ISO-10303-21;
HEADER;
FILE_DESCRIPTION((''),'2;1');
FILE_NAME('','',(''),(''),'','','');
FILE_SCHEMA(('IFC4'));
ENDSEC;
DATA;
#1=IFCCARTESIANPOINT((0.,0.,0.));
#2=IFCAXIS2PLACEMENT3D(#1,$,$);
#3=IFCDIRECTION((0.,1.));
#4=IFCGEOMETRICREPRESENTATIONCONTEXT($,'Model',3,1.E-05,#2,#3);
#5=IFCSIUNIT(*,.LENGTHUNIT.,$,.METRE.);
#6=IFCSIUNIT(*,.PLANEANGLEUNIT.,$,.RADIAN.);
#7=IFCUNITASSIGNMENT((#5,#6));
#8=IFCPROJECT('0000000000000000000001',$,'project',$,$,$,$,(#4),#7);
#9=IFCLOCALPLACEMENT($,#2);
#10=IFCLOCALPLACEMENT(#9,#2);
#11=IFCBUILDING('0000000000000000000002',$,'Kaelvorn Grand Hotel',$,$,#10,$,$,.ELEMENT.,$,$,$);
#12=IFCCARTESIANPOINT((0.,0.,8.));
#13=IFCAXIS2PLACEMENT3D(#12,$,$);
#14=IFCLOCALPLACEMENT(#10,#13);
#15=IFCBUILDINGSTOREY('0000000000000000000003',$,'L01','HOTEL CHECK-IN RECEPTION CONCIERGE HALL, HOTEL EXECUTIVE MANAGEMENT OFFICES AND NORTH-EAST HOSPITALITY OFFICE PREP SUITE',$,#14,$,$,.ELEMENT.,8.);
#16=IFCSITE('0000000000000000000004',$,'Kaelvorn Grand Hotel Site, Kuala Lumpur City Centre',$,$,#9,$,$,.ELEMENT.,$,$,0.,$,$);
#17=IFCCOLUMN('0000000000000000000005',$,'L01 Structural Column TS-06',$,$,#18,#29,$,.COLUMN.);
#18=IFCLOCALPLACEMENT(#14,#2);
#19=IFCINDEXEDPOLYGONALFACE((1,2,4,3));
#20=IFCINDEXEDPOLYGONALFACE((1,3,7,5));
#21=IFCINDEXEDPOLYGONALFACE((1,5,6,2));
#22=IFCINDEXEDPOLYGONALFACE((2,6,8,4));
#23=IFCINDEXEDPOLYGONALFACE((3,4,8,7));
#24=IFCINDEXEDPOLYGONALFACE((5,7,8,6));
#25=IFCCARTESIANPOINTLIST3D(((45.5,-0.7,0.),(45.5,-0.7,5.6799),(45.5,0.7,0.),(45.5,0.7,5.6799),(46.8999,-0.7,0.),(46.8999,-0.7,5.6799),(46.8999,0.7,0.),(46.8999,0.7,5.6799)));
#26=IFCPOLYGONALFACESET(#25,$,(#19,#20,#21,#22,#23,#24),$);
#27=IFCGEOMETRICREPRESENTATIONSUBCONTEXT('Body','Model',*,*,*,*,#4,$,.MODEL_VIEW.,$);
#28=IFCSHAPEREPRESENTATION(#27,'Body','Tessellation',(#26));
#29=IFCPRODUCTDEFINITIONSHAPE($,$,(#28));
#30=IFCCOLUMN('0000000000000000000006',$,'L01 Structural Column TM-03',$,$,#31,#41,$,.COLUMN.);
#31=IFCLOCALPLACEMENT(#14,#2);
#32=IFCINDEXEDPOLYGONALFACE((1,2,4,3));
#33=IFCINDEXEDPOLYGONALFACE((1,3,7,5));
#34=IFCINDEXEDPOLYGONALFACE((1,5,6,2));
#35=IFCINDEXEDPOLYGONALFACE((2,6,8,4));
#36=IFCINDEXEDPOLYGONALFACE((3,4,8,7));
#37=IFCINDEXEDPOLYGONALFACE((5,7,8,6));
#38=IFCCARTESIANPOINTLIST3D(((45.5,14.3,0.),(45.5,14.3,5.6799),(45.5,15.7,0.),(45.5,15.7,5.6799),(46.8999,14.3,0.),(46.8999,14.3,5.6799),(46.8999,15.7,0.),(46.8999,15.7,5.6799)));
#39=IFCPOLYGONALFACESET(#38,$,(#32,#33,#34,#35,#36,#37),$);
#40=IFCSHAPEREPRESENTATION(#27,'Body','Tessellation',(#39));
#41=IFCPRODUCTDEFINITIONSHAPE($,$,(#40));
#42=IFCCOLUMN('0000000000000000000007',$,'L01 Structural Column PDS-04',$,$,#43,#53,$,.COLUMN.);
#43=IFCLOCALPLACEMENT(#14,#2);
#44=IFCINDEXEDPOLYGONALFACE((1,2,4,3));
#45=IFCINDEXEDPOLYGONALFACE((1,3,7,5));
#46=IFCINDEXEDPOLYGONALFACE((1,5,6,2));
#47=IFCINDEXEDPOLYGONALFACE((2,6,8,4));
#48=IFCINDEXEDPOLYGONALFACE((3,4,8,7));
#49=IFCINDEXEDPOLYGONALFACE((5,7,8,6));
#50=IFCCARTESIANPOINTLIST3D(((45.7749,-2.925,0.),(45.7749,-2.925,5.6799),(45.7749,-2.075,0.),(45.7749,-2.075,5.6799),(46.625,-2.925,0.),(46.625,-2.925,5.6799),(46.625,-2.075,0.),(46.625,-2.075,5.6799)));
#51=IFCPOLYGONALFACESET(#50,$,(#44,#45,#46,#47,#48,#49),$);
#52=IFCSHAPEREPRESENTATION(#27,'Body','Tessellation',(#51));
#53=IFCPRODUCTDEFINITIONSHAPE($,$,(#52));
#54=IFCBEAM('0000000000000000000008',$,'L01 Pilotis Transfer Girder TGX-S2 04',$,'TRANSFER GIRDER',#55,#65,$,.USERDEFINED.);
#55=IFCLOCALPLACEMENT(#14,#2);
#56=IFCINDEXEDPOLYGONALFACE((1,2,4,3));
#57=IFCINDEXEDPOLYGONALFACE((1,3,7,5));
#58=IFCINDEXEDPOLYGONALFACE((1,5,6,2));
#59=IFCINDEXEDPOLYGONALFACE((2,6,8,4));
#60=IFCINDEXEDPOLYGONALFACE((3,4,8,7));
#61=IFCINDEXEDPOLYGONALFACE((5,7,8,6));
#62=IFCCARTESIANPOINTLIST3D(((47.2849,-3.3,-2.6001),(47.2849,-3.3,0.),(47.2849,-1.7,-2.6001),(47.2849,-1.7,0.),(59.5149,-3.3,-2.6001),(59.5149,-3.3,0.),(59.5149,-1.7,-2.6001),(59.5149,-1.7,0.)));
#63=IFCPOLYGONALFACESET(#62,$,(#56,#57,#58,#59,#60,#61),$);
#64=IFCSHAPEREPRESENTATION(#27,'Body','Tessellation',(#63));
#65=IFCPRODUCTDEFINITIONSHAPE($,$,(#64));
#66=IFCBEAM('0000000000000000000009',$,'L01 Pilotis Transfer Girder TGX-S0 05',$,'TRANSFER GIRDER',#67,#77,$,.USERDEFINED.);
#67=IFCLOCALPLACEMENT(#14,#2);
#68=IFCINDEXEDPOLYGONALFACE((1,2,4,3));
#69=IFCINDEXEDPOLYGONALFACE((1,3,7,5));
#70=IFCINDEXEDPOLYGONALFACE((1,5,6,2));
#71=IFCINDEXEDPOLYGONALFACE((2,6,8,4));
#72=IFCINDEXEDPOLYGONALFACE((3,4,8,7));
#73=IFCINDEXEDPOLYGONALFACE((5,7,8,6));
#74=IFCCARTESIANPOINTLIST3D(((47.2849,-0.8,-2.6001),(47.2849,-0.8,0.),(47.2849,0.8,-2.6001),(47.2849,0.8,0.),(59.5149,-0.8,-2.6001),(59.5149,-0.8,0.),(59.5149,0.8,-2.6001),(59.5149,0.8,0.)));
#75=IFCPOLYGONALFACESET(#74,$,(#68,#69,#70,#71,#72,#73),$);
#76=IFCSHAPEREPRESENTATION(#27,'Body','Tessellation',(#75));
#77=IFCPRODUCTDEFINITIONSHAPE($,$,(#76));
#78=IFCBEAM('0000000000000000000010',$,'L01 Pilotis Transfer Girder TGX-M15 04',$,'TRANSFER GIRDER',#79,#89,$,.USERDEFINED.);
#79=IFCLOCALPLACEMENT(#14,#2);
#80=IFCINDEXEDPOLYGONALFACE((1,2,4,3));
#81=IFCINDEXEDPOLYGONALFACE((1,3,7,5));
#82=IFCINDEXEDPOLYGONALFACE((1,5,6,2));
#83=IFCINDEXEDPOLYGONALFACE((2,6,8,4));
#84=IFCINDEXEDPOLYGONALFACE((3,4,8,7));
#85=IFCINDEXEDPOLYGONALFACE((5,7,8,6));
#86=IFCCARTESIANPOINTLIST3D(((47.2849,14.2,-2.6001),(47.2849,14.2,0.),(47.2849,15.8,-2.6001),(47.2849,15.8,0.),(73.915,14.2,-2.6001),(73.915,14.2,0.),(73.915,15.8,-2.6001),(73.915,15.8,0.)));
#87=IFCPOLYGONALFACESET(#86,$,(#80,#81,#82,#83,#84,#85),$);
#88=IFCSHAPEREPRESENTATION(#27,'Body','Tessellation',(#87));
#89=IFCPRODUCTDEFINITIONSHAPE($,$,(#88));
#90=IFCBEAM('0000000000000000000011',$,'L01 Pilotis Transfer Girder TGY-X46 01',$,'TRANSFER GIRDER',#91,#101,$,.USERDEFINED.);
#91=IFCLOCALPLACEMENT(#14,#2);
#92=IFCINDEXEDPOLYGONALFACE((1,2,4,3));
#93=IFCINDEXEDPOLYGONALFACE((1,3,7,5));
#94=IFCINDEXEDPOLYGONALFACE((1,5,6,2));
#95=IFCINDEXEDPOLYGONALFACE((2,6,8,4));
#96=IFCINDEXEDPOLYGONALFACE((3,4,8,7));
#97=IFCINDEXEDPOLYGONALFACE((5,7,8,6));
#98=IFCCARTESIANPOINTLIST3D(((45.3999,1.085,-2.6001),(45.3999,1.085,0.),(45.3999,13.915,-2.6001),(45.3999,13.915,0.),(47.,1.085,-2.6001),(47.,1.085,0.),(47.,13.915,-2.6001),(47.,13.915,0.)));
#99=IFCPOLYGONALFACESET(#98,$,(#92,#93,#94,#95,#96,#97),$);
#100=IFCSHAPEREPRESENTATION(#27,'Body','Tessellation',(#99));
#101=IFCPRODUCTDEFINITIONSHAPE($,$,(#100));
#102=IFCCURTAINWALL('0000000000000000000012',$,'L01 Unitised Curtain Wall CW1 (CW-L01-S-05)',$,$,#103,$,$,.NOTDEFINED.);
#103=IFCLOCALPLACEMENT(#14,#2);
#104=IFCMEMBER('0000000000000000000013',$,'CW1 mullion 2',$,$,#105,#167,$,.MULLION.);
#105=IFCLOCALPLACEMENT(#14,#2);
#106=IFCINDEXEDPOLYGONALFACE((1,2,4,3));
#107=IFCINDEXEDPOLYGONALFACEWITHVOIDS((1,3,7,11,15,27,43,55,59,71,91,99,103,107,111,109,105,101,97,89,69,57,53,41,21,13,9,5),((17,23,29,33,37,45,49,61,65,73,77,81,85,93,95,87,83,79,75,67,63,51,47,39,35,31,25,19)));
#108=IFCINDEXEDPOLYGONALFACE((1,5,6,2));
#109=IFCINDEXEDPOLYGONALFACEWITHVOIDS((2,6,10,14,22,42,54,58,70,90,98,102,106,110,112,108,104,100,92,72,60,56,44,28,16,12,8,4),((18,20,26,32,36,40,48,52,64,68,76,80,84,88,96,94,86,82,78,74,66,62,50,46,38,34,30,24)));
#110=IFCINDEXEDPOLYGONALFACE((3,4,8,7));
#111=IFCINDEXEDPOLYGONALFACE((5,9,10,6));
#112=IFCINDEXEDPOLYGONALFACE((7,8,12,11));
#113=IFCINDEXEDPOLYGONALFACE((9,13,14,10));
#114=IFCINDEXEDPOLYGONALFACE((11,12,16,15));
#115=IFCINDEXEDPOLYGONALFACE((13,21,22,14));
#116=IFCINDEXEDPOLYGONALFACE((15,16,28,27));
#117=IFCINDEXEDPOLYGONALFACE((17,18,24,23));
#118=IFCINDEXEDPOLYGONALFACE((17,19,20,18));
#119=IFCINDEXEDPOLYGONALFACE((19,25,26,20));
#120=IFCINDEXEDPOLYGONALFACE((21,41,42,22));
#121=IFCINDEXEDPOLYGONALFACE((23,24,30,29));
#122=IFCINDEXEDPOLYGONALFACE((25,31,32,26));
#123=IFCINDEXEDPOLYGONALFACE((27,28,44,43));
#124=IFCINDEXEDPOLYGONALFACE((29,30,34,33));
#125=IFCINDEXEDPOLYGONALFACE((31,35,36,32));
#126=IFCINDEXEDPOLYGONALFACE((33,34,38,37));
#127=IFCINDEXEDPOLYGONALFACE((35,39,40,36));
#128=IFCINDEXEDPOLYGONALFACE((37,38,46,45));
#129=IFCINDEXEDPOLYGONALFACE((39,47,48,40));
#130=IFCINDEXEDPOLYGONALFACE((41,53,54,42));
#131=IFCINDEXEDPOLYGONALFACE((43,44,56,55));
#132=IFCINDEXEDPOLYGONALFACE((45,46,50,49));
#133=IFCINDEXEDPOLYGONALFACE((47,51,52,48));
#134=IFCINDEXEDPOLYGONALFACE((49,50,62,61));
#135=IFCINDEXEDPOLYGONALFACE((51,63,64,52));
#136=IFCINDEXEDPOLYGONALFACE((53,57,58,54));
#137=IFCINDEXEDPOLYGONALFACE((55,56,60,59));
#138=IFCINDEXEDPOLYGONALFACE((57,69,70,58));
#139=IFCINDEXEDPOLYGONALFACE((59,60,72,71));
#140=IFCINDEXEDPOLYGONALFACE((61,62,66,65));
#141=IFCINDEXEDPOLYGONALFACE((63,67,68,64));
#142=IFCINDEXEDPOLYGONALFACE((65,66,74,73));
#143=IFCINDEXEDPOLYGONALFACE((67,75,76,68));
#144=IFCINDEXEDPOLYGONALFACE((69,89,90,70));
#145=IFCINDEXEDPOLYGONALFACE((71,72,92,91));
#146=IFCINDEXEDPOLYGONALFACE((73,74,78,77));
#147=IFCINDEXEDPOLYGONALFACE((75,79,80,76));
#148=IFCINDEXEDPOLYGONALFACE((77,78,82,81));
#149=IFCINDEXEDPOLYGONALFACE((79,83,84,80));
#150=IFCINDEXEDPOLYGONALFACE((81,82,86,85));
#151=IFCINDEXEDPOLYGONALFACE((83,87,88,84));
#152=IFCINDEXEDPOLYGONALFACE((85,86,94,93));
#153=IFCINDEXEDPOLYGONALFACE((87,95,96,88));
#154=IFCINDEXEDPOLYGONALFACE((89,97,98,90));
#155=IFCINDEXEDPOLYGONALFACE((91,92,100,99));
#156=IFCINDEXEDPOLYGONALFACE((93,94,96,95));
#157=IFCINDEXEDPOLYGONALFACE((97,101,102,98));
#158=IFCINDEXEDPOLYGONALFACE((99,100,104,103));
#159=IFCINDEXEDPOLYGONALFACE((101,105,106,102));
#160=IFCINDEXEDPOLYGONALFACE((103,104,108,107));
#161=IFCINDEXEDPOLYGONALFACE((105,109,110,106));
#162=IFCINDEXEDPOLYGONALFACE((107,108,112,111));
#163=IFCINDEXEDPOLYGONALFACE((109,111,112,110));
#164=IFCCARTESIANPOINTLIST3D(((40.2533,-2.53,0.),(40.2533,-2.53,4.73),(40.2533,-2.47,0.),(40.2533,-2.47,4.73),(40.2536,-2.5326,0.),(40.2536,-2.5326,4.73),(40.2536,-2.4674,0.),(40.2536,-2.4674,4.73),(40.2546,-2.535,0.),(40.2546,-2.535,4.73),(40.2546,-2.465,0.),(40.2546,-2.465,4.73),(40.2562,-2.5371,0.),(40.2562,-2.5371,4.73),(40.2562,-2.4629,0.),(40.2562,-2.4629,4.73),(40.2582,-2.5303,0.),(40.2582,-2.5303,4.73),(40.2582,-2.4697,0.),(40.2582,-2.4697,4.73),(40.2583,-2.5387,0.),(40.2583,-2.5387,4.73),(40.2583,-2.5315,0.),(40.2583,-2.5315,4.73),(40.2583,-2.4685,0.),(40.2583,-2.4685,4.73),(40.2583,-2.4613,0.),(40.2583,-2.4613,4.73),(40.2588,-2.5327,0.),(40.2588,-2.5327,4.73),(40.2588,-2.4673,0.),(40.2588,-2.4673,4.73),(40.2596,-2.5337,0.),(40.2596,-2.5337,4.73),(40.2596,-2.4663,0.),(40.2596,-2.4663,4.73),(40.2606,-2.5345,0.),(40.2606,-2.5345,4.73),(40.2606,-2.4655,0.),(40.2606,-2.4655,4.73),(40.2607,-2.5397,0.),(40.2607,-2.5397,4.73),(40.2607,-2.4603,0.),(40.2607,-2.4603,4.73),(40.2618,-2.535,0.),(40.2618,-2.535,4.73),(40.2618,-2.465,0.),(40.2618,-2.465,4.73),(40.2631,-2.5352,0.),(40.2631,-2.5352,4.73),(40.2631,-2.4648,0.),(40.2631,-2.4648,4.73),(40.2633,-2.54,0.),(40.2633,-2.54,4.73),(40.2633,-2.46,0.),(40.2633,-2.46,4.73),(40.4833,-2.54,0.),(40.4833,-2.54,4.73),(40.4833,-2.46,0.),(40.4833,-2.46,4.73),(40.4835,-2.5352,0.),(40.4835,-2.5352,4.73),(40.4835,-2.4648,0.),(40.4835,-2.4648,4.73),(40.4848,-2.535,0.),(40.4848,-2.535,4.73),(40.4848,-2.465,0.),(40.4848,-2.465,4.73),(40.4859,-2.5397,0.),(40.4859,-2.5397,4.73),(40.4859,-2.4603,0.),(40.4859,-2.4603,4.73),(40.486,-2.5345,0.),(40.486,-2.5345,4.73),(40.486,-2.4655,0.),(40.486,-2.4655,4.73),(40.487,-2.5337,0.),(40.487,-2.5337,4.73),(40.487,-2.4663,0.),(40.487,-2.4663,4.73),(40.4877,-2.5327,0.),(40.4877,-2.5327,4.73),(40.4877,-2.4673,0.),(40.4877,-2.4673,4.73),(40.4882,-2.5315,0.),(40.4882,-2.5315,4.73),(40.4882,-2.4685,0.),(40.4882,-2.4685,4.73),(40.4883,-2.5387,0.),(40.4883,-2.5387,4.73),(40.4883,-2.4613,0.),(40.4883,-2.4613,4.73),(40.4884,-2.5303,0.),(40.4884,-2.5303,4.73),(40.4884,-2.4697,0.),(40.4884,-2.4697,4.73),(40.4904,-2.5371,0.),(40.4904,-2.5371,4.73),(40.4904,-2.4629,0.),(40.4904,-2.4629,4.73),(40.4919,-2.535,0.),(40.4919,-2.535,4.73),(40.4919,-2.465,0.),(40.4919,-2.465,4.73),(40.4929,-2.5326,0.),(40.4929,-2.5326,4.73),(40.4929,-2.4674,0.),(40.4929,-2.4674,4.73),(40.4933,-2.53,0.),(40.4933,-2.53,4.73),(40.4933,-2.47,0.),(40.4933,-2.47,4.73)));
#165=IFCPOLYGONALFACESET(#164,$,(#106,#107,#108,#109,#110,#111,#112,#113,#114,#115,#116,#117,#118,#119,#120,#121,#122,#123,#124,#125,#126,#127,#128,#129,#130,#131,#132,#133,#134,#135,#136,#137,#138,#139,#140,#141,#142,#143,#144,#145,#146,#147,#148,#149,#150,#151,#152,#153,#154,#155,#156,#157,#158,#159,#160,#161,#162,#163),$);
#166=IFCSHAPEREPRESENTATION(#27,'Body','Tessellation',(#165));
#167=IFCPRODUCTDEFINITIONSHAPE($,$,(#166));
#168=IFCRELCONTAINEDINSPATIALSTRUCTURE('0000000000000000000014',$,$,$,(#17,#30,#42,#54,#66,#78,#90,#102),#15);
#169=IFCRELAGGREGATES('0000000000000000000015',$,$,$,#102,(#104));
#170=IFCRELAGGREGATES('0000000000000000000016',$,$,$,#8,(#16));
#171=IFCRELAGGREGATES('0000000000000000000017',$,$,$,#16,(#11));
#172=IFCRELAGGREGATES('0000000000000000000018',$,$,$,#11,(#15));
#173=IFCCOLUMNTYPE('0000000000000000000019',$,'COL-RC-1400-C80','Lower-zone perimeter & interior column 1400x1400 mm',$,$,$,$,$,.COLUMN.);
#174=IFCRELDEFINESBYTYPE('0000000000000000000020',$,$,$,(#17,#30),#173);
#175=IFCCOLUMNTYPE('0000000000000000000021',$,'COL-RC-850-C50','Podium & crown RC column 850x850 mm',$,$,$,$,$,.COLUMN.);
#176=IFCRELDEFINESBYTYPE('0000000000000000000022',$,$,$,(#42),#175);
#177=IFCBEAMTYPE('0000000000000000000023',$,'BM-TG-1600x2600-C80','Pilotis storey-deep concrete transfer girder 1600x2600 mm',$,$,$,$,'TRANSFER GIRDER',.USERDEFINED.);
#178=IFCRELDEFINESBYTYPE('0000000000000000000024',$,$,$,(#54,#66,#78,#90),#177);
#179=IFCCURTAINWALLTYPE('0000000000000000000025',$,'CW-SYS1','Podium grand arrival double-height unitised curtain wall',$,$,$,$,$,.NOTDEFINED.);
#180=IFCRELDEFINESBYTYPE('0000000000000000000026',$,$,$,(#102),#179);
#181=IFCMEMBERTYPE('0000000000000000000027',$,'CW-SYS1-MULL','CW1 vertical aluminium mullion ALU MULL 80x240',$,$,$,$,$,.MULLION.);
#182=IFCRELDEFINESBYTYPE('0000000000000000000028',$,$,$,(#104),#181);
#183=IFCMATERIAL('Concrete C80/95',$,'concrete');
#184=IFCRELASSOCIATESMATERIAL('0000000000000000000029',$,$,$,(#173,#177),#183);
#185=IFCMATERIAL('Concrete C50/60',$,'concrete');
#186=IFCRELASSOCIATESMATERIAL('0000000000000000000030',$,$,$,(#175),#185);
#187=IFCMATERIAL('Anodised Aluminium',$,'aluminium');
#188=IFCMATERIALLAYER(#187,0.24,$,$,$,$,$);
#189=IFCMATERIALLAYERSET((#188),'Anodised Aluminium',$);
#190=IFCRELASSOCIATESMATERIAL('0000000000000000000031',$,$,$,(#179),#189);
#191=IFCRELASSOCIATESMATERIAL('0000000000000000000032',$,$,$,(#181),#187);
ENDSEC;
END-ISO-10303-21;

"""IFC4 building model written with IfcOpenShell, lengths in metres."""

from ifc_helpers import new_model, si_unit, direction, frame, origin, origin_2d, place, context, subcontext, project, spatial, rectangle, hollow_rectangle, extrude, material, layer, layer_set, material_profile, profile_set, type_object, element, aggregate, save


model = new_model("IFC4")

# Units and contexts
model_context = context("Model", 3, precision=1e-05, world=origin(), true_north=direction((0.0, 1.0)))
body_context = subcontext(model_context, "Body", "Model", "MODEL_VIEW")
ifc_project = project(units=[si_unit("LENGTHUNIT", "METRE"), si_unit("PLANEANGLEUNIT", "RADIAN")], contexts=[model_context])

# Site, building, storey
site_placement = place(None, origin())
site = spatial("IfcSite", under=ifc_project, at=site_placement, Name="Kaelvorn Grand Hotel Site, Kuala Lumpur City Centre", CompositionType="ELEMENT", RefElevation=0.0)
building_placement = place(site_placement, origin())
building = spatial("IfcBuilding", under=site, at=building_placement, Name="Kaelvorn Grand Hotel", CompositionType="ELEMENT")
storey_placement = place(building_placement, frame((0.0, 0.0, 8.0)))
storey = spatial("IfcBuildingStorey", under=building, at=storey_placement, Name="L01", Description="HOTEL CHECK-IN RECEPTION CONCIERGE HALL, HOTEL EXECUTIVE MANAGEMENT OFFICES AND NORTH-EAST HOSPITALITY OFFICE PREP SUITE", CompositionType="ELEMENT", Elevation=8.0)

# Columns
ifc_material_1 = material(Name="Concrete C80/95", Category="concrete")
ifc_material_profile_1 = material_profile(ifc_material_1, rectangle(XDim=1.3999, YDim=1.3999, at=origin_2d()), Name="RC COL 1400x1400")
ifc_profile_set_1 = profile_set([ifc_material_profile_1], Name="Concrete C80/95")
column_type_1 = type_object("IfcColumnType", Name="COL-RC-1400-C80", Description="Lower-zone perimeter & interior column 1400x1400 mm", PredefinedType="COLUMN", material=ifc_profile_set_1)
for number, where, z_axis, x_axis, name in (
    (1, (46.2, 0.0, 0.0), (0.0, 0.0, 1.0), (1.0, 0.0, 0.0), "L01 Structural Column TS-06"),
    (2, (46.2, 15.0, 0.0), (0.0, 0.0, 1.0), (1.0, 0.0, 0.0), "L01 Structural Column TM-03"),
):
    element("IfcColumn", number, at=place(storey_placement, frame(where, z_axis=z_axis, x_axis=x_axis)), inside=storey, type_object=column_type_1, Name=name, PredefinedType="COLUMN", context=body_context, shape_type="SweptSolid", body=[
        extrude(rectangle(XDim=1.3999, YDim=1.3999, at=origin_2d()), origin(), (0.0, 0.0, 1.0), 5.6799),
    ])
ifc_material_2 = material(Name="Concrete C50/60", Category="concrete")
ifc_material_profile_2 = material_profile(ifc_material_2, rectangle(XDim=0.8501, YDim=0.8501, at=origin_2d()), Name="RC COL 850x850")
ifc_profile_set_2 = profile_set([ifc_material_profile_2], Name="Concrete C50/60")
column_type_2 = type_object("IfcColumnType", Name="COL-RC-850-C50", Description="Podium & crown RC column 850x850 mm", PredefinedType="COLUMN", material=ifc_profile_set_2)
column_placement = place(storey_placement, frame((46.2, -2.5, 0.0), z_axis=(0.0, 0.0, 1.0), x_axis=(1.0, 0.0, 0.0)))
element("IfcColumn", 3, at=column_placement, inside=storey, type_object=column_type_2, Name="L01 Structural Column PDS-04", PredefinedType="COLUMN", context=body_context, shape_type="SweptSolid", body=[
    extrude(rectangle(XDim=0.8501, YDim=0.8501, at=origin_2d()), origin(), (0.0, 0.0, 1.0), 5.6799),
])

# Beams
ifc_material_profile_3 = material_profile(ifc_material_1, rectangle(XDim=1.6001, YDim=2.6001, at=origin_2d()), Name="RC TG 1600x2600")
ifc_profile_set_3 = profile_set([ifc_material_profile_3], Name="Concrete C80/95")
beam_type = type_object("IfcBeamType", Name="BM-TG-1600x2600-C80", Description="Pilotis storey-deep concrete transfer girder 1600x2600 mm", ElementType="TRANSFER GIRDER", PredefinedType="USERDEFINED", material=ifc_profile_set_3)
for number, where, z_axis, x_axis, name in (
    (4, (47.2849, -2.5, -1.3), (1.0, 0.0, 0.0), (0.0, 1.0, 0.0), "L01 Pilotis Transfer Girder TGX-S2 04"),
    (5, (47.2849, 0.0, -1.3), (1.0, 0.0, 0.0), (0.0, 1.0, 0.0), "L01 Pilotis Transfer Girder TGX-S0 05"),
):
    element("IfcBeam", number, at=place(storey_placement, frame(where, z_axis=z_axis, x_axis=x_axis)), inside=storey, type_object=beam_type, Name=name, ObjectType="TRANSFER GIRDER", PredefinedType="USERDEFINED", context=body_context, shape_type="SweptSolid", body=[
        extrude(rectangle(XDim=1.6001, YDim=2.6001, at=origin_2d()), origin(), (0.0, 0.0, 1.0), 12.23),
    ])
beam_1_placement = place(storey_placement, frame((47.2849, 15.0, -1.3), z_axis=(1.0, 0.0, 0.0), x_axis=(0.0, 1.0, 0.0)))
element("IfcBeam", 6, at=beam_1_placement, inside=storey, type_object=beam_type, Name="L01 Pilotis Transfer Girder TGX-M15 04", ObjectType="TRANSFER GIRDER", PredefinedType="USERDEFINED", context=body_context, shape_type="SweptSolid", body=[
    extrude(rectangle(XDim=1.6001, YDim=2.6001, at=origin_2d()), origin(), (0.0, 0.0, 1.0), 26.6301),
])
beam_2_placement = place(storey_placement, frame((46.2, 1.085, -1.3), z_axis=(0.0, 1.0, 0.0), x_axis=(-1.0, 0.0, 0.0)))
element("IfcBeam", 7, at=beam_2_placement, inside=storey, type_object=beam_type, Name="L01 Pilotis Transfer Girder TGY-X46 01", ObjectType="TRANSFER GIRDER", PredefinedType="USERDEFINED", context=body_context, shape_type="SweptSolid", body=[
    extrude(rectangle(XDim=1.6001, YDim=2.6001, at=origin_2d()), origin(), (0.0, 0.0, 1.0), 12.8301),
])

# Curtain wall, member
ifc_material_3 = material(Name="Anodised Aluminium", Category="aluminium")
ifc_layer_1 = layer(ifc_material_3, 0.24)
ifc_layer_set_1 = layer_set([ifc_layer_1], Name="Anodised Aluminium")
curtain_wall_type = type_object("IfcCurtainWallType", Name="CW-SYS1", Description="Podium grand arrival double-height unitised curtain wall", PredefinedType="NOTDEFINED", material=ifc_layer_set_1)
curtain_wall_1_placement = place(storey_placement, origin())
curtain_wall_1 = element("IfcCurtainWall", 8, at=curtain_wall_1_placement, inside=storey, type_object=curtain_wall_type, Name="L01 Unitised Curtain Wall CW1 (CW-L01-S-05)", PredefinedType="NOTDEFINED")
ifc_material_profile_4 = material_profile(ifc_material_3, hollow_rectangle(XDim=0.0801, YDim=0.24, WallThickness=0.0049, InnerFilletRadius=0.0049, OuterFilletRadius=0.01, at=origin_2d()), Name="ALU MULL 80x240")
ifc_profile_set_4 = profile_set([ifc_material_profile_4], Name="Anodised Aluminium")
member_type_1 = type_object("IfcMemberType", Name="CW-SYS1-MULL", Description="CW1 vertical aluminium mullion ALU MULL 80x240", PredefinedType="MULLION", material=ifc_profile_set_4)
member_1_placement = place(storey_placement, frame((40.3733, -2.5, 0.0), z_axis=(0.0, 0.0, 1.0), x_axis=(0.0, 1.0, 0.0)))
member_1 = element("IfcMember", 9, at=member_1_placement, type_object=member_type_1, Name="CW1 mullion 2", PredefinedType="MULLION", context=body_context, shape_type="SweptSolid", body=[
    extrude(hollow_rectangle(XDim=0.0801, YDim=0.24, WallThickness=0.0049, InnerFilletRadius=0.0049, OuterFilletRadius=0.01, at=origin_2d()), origin(), (0.0, 0.0, 1.0), 4.73),
])

aggregate(curtain_wall_1, [member_1])

save(model, "model.ifc")
